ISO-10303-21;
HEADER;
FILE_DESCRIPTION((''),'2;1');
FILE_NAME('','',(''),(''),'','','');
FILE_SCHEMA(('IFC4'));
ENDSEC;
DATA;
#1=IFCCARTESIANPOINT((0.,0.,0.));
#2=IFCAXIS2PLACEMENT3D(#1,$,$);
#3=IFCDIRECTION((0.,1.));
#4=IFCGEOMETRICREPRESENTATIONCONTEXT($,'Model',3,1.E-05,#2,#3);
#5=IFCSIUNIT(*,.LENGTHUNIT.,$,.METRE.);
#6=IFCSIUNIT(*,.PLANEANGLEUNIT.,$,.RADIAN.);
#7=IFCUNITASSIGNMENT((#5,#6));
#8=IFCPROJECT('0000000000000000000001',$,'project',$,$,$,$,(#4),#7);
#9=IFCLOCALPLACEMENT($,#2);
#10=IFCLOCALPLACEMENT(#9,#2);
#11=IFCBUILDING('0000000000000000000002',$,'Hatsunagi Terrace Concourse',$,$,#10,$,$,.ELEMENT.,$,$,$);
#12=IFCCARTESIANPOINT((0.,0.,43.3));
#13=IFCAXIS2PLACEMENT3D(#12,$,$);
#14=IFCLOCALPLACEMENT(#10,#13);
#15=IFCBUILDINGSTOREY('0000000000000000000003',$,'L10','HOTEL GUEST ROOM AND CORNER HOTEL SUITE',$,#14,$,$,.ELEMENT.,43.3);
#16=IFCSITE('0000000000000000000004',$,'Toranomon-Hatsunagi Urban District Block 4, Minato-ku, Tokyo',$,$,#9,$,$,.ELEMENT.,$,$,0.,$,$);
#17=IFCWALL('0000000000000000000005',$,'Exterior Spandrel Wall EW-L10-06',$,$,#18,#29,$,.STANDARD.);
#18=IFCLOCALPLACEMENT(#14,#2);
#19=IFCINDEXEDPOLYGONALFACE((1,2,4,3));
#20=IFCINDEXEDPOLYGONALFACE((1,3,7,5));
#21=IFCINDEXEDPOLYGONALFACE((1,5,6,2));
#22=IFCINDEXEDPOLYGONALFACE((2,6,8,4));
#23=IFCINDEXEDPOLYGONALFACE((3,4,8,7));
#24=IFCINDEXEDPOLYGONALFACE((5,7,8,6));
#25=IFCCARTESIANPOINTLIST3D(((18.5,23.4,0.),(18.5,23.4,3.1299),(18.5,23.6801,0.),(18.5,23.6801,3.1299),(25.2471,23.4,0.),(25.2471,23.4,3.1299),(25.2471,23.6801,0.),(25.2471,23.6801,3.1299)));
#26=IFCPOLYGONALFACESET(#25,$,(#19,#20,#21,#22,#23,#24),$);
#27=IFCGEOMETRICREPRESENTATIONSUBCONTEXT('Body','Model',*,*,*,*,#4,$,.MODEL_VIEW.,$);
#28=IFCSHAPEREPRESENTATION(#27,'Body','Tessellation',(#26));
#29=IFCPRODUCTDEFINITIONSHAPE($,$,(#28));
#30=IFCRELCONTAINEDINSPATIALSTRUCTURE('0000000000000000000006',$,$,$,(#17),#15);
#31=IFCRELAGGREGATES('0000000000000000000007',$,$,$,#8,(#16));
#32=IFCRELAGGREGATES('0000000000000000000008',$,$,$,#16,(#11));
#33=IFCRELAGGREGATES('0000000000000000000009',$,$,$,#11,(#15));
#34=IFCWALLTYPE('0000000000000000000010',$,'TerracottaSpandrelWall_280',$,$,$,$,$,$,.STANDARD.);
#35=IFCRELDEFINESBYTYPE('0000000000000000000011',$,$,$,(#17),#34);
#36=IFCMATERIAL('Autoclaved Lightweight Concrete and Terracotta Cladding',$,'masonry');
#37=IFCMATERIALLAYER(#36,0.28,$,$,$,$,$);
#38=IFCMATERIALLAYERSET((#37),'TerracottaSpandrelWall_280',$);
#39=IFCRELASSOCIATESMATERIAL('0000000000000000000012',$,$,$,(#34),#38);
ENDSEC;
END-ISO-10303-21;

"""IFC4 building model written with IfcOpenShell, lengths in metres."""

from ifc_helpers import new_model, si_unit, direction, frame, frame_2d, origin, place, context, subcontext, project, spatial, rectangle, extrude, material, layer, layer_set, type_object, element, save


model = new_model("IFC4")

# Units and contexts
model_context = context("Model", 3, precision=1e-05, world=origin(), true_north=direction((0.0, 1.0)))
body_context = subcontext(model_context, "Body", "Model", "MODEL_VIEW")
ifc_project = project(units=[si_unit("LENGTHUNIT", "METRE"), si_unit("PLANEANGLEUNIT", "RADIAN")], contexts=[model_context])

# Site, building, storey
site_placement = place(None, origin())
site = spatial("IfcSite", under=ifc_project, at=site_placement, Name="Toranomon-Hatsunagi Urban District Block 4, Minato-ku, Tokyo", CompositionType="ELEMENT", RefElevation=0.0)
building_placement = place(site_placement, origin())
building = spatial("IfcBuilding", under=site, at=building_placement, Name="Hatsunagi Terrace Concourse", CompositionType="ELEMENT")
storey_placement = place(building_placement, frame((0.0, 0.0, 43.3)))
storey = spatial("IfcBuildingStorey", under=building, at=storey_placement, Name="L10", Description="HOTEL GUEST ROOM AND CORNER HOTEL SUITE", CompositionType="ELEMENT", Elevation=43.3)

# Wall
ifc_material_1 = material(Name="Autoclaved Lightweight Concrete and Terracotta Cladding", Category="masonry")
ifc_layer_1 = layer(ifc_material_1, 0.28)
ifc_layer_set_1 = layer_set([ifc_layer_1], Name="TerracottaSpandrelWall_280")
wall_type_1 = type_object("IfcWallType", Name="TerracottaSpandrelWall_280", PredefinedType="STANDARD", material=ifc_layer_set_1)
wall_1_placement = place(storey_placement, frame((25.2471, 23.54, 0.0), z_axis=(0.0, 0.0, 1.0), x_axis=(-1.0, 0.0, 0.0)))
element("IfcWall", 1, at=wall_1_placement, inside=storey, type_object=wall_type_1, Name="Exterior Spandrel Wall EW-L10-06", PredefinedType="STANDARD", context=body_context, shape_type="SweptSolid", body=[
    extrude(rectangle(XDim=6.7471, YDim=0.28, at=frame_2d((3.3735, 0.0))), origin(), (0.0, 0.0, 1.0), 3.1299),
])

save(model, "model.ifc")
